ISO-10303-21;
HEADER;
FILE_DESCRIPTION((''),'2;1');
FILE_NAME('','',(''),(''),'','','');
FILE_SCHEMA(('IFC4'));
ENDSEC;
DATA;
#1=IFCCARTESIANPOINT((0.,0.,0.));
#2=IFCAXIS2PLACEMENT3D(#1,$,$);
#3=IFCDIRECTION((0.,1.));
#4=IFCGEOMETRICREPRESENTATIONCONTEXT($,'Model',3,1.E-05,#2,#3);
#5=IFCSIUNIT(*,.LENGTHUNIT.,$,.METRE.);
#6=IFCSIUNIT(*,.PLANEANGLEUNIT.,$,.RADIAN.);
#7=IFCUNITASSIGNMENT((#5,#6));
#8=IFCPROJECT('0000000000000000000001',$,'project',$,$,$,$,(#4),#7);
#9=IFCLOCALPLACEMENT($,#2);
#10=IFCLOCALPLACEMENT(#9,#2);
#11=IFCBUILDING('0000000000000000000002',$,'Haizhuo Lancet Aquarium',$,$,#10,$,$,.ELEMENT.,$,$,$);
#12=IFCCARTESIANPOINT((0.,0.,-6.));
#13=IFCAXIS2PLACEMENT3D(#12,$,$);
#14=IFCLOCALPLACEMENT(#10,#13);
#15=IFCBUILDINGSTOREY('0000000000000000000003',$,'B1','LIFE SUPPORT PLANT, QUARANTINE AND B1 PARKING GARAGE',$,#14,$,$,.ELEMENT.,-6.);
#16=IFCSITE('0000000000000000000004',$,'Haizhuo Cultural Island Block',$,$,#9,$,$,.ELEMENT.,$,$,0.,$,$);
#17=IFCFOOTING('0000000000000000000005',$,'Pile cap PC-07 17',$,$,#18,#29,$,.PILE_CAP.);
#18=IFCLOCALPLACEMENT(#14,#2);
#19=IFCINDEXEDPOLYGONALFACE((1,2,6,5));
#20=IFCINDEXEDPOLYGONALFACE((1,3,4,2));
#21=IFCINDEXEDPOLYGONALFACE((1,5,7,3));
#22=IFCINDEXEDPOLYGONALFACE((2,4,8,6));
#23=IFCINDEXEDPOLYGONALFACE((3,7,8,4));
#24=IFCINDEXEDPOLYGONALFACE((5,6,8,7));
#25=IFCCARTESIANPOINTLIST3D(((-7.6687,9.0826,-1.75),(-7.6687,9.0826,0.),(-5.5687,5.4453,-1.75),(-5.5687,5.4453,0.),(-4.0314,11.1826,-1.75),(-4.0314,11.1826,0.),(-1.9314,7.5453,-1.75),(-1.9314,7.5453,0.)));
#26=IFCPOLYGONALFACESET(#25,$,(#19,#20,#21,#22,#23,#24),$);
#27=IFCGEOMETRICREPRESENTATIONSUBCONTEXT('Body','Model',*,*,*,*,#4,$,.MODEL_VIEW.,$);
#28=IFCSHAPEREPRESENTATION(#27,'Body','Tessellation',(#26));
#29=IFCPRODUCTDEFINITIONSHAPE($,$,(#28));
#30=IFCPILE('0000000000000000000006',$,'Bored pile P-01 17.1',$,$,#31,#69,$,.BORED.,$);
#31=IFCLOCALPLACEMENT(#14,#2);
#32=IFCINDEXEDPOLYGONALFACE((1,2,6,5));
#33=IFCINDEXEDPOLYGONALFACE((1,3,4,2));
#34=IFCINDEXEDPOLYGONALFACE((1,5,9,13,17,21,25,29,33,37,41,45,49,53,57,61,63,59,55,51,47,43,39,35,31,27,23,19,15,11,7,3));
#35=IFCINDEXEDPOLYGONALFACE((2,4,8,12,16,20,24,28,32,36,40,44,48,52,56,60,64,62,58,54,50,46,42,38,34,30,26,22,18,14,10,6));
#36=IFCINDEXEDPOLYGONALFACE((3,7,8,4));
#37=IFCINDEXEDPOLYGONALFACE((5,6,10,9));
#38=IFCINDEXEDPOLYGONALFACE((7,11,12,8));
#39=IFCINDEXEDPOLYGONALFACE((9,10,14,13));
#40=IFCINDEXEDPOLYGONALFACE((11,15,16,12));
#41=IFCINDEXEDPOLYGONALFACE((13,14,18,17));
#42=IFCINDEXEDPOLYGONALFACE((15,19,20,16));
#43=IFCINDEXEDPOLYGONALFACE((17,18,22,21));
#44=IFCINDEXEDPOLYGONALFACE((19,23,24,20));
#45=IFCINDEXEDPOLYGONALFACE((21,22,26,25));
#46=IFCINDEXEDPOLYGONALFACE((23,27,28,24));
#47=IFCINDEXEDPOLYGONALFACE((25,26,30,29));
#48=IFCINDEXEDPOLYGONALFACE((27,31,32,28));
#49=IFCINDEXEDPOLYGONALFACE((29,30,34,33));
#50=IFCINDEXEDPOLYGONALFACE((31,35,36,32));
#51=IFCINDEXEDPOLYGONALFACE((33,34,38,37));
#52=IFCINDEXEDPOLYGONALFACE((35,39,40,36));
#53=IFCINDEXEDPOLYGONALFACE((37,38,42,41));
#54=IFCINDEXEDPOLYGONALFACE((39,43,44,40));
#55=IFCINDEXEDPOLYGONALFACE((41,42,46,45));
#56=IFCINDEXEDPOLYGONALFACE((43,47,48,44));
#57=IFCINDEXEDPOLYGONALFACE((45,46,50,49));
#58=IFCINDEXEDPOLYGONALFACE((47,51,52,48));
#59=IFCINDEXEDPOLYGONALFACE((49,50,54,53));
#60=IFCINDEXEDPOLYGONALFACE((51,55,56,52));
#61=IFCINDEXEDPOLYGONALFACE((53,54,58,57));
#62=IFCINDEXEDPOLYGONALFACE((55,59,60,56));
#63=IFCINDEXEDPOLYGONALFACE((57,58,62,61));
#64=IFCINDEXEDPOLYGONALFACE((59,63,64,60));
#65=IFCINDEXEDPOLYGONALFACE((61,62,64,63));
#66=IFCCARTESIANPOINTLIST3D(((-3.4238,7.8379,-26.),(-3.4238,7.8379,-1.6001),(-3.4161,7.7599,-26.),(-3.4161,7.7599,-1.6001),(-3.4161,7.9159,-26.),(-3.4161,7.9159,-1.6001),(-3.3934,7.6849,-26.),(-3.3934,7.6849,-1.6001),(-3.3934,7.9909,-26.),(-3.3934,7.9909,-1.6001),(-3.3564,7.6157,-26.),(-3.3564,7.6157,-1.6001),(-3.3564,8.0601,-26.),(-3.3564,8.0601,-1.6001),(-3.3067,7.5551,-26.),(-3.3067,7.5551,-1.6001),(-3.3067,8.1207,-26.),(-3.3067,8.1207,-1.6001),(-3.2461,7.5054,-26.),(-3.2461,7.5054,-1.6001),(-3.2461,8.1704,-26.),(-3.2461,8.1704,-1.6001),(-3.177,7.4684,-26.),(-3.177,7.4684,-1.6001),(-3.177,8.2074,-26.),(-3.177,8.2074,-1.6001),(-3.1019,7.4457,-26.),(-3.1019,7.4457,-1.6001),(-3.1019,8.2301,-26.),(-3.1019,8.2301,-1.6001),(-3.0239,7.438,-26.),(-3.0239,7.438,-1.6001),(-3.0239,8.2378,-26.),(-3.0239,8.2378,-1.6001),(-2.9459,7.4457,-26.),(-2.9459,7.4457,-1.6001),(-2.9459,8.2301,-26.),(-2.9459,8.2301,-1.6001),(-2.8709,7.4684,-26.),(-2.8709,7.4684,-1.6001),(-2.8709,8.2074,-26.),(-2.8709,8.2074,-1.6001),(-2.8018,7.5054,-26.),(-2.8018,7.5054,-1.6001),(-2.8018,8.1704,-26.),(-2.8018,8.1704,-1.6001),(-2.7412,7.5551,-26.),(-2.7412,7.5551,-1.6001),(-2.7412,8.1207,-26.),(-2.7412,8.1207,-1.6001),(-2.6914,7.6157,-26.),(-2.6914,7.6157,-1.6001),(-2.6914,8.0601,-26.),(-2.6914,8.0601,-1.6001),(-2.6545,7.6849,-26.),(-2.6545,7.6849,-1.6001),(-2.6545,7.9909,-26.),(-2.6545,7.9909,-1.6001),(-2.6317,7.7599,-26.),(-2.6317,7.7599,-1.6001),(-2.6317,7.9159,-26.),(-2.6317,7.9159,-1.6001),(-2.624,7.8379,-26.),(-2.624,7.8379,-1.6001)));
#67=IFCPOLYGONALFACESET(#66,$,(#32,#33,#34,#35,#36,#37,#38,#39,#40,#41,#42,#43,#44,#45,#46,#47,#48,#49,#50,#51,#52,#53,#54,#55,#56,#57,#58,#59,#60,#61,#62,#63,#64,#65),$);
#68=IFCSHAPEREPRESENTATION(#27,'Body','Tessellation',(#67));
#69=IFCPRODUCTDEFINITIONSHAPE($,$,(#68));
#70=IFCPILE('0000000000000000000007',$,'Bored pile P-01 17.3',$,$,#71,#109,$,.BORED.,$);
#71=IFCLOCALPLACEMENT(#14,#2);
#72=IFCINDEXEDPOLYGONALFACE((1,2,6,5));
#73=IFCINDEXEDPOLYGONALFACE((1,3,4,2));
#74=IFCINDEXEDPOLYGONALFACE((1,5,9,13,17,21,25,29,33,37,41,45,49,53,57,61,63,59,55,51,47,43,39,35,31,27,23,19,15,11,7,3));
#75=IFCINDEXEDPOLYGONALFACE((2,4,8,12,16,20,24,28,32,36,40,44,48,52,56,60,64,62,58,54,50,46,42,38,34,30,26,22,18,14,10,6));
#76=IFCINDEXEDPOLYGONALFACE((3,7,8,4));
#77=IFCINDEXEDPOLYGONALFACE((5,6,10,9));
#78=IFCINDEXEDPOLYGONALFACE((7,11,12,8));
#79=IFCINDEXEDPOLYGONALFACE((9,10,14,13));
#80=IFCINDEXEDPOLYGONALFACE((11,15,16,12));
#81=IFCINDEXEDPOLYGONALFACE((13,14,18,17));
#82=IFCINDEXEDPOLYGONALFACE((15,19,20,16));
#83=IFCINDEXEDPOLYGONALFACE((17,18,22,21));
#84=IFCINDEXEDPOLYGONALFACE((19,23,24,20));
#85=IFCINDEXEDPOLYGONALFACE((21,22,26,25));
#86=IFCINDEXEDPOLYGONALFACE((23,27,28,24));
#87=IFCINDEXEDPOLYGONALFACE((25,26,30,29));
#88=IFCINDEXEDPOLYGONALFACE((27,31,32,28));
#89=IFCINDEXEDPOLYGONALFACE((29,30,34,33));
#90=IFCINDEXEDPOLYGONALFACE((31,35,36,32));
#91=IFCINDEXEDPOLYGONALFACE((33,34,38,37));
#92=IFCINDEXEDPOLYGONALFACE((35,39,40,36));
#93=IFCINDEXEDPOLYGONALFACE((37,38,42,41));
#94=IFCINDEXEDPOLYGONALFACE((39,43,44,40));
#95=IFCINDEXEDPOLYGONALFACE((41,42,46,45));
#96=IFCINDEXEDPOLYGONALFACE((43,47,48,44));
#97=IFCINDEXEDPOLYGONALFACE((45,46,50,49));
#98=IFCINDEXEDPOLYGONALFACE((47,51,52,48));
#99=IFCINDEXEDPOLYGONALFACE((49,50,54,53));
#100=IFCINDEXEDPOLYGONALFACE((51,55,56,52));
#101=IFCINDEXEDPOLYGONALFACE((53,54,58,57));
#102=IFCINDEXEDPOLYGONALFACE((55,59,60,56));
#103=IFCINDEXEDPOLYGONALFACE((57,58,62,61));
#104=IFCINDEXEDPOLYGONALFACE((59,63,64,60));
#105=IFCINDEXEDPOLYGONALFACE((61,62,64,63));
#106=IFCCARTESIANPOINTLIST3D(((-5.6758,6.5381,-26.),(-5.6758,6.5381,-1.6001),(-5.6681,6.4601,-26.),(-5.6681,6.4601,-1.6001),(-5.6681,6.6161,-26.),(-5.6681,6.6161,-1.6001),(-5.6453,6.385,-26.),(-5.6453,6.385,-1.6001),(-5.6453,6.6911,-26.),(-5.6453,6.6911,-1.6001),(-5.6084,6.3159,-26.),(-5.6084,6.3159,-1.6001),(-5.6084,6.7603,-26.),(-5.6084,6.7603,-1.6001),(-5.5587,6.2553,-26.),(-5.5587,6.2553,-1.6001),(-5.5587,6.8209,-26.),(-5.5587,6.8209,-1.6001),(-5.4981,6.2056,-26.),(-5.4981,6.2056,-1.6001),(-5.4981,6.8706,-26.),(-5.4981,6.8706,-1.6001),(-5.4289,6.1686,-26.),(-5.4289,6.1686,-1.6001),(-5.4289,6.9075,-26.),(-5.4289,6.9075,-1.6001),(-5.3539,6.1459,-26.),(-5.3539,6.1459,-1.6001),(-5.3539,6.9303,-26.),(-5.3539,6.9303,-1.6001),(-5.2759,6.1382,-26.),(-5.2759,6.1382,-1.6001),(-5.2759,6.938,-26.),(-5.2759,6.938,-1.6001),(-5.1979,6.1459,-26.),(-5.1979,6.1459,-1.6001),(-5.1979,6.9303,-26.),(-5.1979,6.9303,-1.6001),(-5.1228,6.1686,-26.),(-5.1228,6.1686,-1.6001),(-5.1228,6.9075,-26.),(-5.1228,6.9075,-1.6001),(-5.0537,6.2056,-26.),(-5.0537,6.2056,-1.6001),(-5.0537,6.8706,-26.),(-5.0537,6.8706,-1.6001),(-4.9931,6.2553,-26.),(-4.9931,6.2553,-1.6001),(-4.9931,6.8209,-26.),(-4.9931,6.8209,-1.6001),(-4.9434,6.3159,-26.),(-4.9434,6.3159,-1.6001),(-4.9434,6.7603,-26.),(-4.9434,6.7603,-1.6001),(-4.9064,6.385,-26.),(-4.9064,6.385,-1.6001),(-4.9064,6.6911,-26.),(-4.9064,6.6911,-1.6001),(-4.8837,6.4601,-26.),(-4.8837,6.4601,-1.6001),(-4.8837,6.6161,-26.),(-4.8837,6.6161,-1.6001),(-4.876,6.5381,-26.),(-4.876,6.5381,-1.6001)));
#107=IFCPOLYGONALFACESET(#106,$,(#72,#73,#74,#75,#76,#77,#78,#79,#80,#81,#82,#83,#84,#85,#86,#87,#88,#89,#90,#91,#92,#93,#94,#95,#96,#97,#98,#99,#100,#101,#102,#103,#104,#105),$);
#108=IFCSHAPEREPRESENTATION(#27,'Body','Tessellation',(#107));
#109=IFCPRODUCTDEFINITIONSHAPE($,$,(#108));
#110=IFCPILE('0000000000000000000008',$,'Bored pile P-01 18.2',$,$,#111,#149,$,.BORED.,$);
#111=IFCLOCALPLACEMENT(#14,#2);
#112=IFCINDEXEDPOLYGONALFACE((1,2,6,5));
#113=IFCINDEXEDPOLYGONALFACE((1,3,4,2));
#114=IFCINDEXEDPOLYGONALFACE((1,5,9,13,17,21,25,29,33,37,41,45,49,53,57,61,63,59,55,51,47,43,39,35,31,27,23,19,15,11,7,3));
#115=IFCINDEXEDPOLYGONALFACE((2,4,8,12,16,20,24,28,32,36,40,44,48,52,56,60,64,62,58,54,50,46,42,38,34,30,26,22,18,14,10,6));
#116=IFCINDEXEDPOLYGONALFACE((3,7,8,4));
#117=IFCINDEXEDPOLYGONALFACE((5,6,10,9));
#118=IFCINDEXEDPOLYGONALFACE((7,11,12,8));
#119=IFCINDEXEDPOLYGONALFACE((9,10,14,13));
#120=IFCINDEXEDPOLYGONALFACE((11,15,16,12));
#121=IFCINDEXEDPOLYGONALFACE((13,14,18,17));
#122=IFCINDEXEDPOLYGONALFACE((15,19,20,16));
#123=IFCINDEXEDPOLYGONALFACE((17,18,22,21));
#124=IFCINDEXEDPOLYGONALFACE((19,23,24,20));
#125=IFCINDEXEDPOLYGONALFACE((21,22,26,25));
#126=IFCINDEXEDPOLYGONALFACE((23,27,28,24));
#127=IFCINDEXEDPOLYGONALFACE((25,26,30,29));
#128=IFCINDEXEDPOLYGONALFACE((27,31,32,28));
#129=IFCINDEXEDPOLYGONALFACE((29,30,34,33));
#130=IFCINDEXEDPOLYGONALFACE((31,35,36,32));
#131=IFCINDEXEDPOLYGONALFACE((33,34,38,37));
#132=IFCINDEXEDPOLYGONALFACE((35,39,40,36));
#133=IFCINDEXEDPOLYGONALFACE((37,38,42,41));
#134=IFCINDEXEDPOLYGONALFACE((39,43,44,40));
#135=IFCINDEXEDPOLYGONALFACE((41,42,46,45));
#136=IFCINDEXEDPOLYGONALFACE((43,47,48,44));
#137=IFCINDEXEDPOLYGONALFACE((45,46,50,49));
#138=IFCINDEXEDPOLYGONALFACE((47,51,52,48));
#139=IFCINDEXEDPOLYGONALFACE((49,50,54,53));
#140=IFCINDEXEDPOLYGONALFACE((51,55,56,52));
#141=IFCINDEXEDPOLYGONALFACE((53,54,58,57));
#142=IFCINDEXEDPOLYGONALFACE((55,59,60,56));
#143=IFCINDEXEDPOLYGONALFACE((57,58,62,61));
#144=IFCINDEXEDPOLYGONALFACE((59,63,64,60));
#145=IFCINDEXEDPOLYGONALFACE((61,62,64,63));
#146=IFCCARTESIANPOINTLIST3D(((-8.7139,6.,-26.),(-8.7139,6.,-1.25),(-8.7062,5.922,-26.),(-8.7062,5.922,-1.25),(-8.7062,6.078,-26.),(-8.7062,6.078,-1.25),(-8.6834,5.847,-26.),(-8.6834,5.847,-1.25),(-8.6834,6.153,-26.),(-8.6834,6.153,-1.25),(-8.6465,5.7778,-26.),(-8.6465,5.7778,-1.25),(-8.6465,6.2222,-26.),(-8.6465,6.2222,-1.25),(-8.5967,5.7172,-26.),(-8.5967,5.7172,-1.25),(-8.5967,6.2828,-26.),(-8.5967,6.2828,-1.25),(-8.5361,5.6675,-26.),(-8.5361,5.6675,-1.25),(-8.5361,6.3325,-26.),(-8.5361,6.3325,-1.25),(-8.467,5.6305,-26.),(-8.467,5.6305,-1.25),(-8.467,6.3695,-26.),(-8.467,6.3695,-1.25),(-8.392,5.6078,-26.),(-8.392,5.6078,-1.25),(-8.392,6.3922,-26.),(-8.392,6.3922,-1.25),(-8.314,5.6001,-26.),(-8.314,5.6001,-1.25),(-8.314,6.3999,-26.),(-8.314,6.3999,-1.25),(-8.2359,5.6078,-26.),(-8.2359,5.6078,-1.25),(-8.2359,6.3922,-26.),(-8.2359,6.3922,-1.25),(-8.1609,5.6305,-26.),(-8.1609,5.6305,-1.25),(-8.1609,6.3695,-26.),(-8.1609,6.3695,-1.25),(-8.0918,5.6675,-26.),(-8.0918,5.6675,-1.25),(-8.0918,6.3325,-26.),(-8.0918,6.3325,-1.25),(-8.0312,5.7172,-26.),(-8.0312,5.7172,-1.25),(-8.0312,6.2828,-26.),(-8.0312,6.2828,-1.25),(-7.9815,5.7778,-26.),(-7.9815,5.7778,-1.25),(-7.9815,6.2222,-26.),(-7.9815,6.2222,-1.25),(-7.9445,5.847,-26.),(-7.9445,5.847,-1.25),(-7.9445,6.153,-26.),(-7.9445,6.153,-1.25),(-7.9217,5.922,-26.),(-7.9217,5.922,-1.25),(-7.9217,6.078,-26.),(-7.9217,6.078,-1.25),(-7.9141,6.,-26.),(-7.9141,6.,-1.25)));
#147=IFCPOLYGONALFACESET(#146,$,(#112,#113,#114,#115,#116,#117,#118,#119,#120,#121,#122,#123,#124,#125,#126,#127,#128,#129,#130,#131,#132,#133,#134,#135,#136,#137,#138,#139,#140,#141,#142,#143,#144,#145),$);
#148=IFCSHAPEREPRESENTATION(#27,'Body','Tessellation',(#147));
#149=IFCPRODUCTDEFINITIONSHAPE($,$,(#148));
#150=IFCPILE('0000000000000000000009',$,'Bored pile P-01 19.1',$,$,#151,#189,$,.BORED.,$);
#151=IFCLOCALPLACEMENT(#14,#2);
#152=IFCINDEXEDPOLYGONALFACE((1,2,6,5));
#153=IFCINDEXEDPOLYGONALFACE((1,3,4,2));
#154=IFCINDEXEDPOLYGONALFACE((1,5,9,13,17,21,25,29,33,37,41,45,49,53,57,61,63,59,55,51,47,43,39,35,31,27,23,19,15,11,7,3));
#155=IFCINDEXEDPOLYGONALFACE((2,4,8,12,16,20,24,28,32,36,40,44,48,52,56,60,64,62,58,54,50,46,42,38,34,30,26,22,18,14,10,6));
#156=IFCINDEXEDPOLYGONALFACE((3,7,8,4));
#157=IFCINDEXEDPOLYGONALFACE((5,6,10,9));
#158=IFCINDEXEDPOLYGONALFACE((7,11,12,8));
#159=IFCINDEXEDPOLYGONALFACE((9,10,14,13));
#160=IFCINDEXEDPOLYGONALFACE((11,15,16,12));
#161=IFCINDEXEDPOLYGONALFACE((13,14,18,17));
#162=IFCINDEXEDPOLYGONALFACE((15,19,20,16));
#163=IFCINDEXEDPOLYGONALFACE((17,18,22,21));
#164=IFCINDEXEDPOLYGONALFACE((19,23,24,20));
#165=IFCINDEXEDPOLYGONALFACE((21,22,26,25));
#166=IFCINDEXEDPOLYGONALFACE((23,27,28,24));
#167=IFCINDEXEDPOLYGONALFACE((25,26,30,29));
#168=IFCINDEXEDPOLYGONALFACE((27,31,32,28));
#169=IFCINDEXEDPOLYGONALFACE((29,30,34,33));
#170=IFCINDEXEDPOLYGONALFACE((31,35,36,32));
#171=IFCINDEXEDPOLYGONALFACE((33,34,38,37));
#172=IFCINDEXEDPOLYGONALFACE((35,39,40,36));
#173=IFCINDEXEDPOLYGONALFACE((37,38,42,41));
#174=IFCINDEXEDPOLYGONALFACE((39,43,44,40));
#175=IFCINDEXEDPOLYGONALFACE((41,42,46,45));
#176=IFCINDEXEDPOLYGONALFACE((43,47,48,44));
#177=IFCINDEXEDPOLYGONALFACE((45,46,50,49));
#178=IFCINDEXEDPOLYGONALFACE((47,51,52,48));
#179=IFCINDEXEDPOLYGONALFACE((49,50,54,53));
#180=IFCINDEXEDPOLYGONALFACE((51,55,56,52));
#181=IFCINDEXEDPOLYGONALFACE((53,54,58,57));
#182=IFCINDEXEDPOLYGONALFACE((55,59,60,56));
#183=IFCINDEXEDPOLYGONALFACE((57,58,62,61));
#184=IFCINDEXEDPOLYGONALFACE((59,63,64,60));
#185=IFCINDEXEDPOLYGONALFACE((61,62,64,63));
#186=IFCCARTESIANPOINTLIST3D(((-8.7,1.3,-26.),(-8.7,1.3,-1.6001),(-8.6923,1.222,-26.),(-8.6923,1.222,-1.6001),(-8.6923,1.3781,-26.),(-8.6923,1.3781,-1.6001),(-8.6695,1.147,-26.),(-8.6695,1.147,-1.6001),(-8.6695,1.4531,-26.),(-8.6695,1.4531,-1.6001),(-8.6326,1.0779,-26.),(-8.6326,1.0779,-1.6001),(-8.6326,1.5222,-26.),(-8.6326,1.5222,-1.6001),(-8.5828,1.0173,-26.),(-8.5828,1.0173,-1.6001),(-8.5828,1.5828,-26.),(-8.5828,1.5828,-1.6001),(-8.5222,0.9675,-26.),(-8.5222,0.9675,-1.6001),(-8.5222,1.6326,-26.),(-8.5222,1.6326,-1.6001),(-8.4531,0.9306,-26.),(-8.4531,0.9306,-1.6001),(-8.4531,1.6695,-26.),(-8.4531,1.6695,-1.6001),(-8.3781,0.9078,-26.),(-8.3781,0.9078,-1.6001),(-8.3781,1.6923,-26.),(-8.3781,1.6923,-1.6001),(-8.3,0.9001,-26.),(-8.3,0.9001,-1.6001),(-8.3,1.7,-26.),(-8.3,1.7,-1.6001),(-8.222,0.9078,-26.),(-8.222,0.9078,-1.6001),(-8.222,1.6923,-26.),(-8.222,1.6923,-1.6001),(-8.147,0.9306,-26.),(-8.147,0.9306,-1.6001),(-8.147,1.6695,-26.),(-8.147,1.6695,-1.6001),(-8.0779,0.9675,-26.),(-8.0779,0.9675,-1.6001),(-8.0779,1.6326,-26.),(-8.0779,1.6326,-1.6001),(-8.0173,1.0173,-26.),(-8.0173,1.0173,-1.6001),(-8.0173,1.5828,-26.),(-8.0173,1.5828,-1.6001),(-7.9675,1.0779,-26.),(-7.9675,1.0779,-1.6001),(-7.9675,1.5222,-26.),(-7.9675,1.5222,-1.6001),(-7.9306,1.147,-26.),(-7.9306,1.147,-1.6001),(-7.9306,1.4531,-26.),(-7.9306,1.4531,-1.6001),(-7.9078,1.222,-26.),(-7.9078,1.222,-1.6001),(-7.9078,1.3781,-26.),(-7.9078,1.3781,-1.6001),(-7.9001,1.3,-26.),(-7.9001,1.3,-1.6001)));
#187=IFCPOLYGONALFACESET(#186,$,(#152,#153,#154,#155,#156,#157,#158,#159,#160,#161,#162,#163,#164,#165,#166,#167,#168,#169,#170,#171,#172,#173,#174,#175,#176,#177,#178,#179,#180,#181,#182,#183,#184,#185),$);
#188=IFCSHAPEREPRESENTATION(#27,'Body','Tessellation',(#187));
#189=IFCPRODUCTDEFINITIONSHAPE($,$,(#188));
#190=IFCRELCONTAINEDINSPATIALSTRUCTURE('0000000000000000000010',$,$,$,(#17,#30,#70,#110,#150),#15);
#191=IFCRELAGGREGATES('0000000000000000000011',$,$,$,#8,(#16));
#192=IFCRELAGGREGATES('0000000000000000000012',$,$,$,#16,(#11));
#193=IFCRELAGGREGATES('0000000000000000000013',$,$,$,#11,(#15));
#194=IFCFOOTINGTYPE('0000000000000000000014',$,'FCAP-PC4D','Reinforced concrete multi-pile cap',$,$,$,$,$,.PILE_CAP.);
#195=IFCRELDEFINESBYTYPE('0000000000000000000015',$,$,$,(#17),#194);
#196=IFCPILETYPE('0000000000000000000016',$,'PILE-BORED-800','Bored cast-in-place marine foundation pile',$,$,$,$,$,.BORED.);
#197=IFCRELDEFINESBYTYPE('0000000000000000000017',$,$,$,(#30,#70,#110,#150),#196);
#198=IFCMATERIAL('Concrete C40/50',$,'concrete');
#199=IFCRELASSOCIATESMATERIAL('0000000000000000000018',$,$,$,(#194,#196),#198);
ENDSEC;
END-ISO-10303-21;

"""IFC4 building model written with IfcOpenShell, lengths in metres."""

from ifc_helpers import new_model, si_unit, direction, frame, origin, origin_2d, place, context, subcontext, project, spatial, rectangle, circle, extrude, material, material_profile, profile_set, type_object, element, save


model = new_model("IFC4")

# Units and contexts
model_context = context("Model", 3, precision=1e-05, world=origin(), true_north=direction((0.0, 1.0)))
body_context = subcontext(model_context, "Body", "Model", "MODEL_VIEW")
ifc_project = project(units=[si_unit("LENGTHUNIT", "METRE"), si_unit("PLANEANGLEUNIT", "RADIAN")], contexts=[model_context])

# Site, building, storey
site_placement = place(None, origin())
site = spatial("IfcSite", under=ifc_project, at=site_placement, Name="Haizhuo Cultural Island Block", CompositionType="ELEMENT", RefElevation=0.0)
building_placement = place(site_placement, origin())
building = spatial("IfcBuilding", under=site, at=building_placement, Name="Haizhuo Lancet Aquarium", CompositionType="ELEMENT")
storey_placement = place(building_placement, frame((0.0, 0.0, -6.0)))
storey = spatial("IfcBuildingStorey", under=building, at=storey_placement, Name="B1", Description="LIFE SUPPORT PLANT, QUARANTINE AND B1 PARKING GARAGE", CompositionType="ELEMENT", Elevation=-6.0)

# Footing
ifc_material_1 = material(Name="Concrete C40/50", Category="concrete")
footing_type = type_object("IfcFootingType", Name="FCAP-PC4D", Description="Reinforced concrete multi-pile cap", PredefinedType="PILE_CAP", material=ifc_material_1)
footing_placement = place(storey_placement, frame((-4.8, 8.314, -1.75), z_axis=(0.0, 0.0, 1.0), x_axis=(-0.5, 0.866025, 0.0)))
element("IfcFooting", 1, at=footing_placement, inside=storey, type_object=footing_type, Name="Pile cap PC-07 17", PredefinedType="PILE_CAP", context=body_context, shape_type="SweptSolid", body=[
    extrude(rectangle(XDim=4.2, YDim=4.2, at=origin_2d()), origin(), (0.0, 0.0, 1.0), 1.75),
])

# Piles
ifc_material_profile_1 = material_profile(ifc_material_1, circle(Radius=0.3999, at=origin_2d()), Name="PILE-800")
ifc_profile_set_1 = profile_set([ifc_material_profile_1], Name="Concrete C40/50")
pile_type = type_object("IfcPileType", Name="PILE-BORED-800", Description="Bored cast-in-place marine foundation pile", PredefinedType="BORED", material=ifc_profile_set_1)
for number, where, z_axis, x_axis, name in (
    (2, (-3.0239, 7.8379, -1.6001), (0.0, 0.0, -1.0), (1.0, 0.0, 0.0), "Bored pile P-01 17.1"),
    (3, (-5.2759, 6.5381, -1.6001), (0.0, 0.0, -1.0), (1.0, 0.0, 0.0), "Bored pile P-01 17.3"),
):
    element("IfcPile", number, at=place(storey_placement, frame(where, z_axis=z_axis, x_axis=x_axis)), inside=storey, type_object=pile_type, Name=name, PredefinedType="BORED", context=body_context, shape_type="SweptSolid", body=[
        extrude(circle(Radius=0.3999, at=origin_2d()), origin(), (0.0, 0.0, 1.0), 24.3999),
    ])
pile_placement = place(storey_placement, frame((-8.314, 6.0, -1.25), z_axis=(0.0, 0.0, -1.0), x_axis=(1.0, 0.0, 0.0)))
element("IfcPile", 4, at=pile_placement, inside=storey, type_object=pile_type, Name="Bored pile P-01 18.2", PredefinedType="BORED", context=body_context, shape_type="SweptSolid", body=[
    extrude(circle(Radius=0.3999, at=origin_2d()), origin(), (0.0, 0.0, 1.0), 24.75),
])
for number, where, z_axis, x_axis, name in (
    (5, (-8.3, 1.3, -1.6001), (0.0, 0.0, -1.0), (1.0, 0.0, 0.0), "Bored pile P-01 19.1"),
):
    element("IfcPile", number, at=place(storey_placement, frame(where, z_axis=z_axis, x_axis=x_axis)), inside=storey, type_object=pile_type, Name=name, PredefinedType="BORED", context=body_context, shape_type="SweptSolid", body=[
        extrude(circle(Radius=0.3999, at=origin_2d()), origin(), (0.0, 0.0, 1.0), 24.3999),
    ])

save(model, "model.ifc")
